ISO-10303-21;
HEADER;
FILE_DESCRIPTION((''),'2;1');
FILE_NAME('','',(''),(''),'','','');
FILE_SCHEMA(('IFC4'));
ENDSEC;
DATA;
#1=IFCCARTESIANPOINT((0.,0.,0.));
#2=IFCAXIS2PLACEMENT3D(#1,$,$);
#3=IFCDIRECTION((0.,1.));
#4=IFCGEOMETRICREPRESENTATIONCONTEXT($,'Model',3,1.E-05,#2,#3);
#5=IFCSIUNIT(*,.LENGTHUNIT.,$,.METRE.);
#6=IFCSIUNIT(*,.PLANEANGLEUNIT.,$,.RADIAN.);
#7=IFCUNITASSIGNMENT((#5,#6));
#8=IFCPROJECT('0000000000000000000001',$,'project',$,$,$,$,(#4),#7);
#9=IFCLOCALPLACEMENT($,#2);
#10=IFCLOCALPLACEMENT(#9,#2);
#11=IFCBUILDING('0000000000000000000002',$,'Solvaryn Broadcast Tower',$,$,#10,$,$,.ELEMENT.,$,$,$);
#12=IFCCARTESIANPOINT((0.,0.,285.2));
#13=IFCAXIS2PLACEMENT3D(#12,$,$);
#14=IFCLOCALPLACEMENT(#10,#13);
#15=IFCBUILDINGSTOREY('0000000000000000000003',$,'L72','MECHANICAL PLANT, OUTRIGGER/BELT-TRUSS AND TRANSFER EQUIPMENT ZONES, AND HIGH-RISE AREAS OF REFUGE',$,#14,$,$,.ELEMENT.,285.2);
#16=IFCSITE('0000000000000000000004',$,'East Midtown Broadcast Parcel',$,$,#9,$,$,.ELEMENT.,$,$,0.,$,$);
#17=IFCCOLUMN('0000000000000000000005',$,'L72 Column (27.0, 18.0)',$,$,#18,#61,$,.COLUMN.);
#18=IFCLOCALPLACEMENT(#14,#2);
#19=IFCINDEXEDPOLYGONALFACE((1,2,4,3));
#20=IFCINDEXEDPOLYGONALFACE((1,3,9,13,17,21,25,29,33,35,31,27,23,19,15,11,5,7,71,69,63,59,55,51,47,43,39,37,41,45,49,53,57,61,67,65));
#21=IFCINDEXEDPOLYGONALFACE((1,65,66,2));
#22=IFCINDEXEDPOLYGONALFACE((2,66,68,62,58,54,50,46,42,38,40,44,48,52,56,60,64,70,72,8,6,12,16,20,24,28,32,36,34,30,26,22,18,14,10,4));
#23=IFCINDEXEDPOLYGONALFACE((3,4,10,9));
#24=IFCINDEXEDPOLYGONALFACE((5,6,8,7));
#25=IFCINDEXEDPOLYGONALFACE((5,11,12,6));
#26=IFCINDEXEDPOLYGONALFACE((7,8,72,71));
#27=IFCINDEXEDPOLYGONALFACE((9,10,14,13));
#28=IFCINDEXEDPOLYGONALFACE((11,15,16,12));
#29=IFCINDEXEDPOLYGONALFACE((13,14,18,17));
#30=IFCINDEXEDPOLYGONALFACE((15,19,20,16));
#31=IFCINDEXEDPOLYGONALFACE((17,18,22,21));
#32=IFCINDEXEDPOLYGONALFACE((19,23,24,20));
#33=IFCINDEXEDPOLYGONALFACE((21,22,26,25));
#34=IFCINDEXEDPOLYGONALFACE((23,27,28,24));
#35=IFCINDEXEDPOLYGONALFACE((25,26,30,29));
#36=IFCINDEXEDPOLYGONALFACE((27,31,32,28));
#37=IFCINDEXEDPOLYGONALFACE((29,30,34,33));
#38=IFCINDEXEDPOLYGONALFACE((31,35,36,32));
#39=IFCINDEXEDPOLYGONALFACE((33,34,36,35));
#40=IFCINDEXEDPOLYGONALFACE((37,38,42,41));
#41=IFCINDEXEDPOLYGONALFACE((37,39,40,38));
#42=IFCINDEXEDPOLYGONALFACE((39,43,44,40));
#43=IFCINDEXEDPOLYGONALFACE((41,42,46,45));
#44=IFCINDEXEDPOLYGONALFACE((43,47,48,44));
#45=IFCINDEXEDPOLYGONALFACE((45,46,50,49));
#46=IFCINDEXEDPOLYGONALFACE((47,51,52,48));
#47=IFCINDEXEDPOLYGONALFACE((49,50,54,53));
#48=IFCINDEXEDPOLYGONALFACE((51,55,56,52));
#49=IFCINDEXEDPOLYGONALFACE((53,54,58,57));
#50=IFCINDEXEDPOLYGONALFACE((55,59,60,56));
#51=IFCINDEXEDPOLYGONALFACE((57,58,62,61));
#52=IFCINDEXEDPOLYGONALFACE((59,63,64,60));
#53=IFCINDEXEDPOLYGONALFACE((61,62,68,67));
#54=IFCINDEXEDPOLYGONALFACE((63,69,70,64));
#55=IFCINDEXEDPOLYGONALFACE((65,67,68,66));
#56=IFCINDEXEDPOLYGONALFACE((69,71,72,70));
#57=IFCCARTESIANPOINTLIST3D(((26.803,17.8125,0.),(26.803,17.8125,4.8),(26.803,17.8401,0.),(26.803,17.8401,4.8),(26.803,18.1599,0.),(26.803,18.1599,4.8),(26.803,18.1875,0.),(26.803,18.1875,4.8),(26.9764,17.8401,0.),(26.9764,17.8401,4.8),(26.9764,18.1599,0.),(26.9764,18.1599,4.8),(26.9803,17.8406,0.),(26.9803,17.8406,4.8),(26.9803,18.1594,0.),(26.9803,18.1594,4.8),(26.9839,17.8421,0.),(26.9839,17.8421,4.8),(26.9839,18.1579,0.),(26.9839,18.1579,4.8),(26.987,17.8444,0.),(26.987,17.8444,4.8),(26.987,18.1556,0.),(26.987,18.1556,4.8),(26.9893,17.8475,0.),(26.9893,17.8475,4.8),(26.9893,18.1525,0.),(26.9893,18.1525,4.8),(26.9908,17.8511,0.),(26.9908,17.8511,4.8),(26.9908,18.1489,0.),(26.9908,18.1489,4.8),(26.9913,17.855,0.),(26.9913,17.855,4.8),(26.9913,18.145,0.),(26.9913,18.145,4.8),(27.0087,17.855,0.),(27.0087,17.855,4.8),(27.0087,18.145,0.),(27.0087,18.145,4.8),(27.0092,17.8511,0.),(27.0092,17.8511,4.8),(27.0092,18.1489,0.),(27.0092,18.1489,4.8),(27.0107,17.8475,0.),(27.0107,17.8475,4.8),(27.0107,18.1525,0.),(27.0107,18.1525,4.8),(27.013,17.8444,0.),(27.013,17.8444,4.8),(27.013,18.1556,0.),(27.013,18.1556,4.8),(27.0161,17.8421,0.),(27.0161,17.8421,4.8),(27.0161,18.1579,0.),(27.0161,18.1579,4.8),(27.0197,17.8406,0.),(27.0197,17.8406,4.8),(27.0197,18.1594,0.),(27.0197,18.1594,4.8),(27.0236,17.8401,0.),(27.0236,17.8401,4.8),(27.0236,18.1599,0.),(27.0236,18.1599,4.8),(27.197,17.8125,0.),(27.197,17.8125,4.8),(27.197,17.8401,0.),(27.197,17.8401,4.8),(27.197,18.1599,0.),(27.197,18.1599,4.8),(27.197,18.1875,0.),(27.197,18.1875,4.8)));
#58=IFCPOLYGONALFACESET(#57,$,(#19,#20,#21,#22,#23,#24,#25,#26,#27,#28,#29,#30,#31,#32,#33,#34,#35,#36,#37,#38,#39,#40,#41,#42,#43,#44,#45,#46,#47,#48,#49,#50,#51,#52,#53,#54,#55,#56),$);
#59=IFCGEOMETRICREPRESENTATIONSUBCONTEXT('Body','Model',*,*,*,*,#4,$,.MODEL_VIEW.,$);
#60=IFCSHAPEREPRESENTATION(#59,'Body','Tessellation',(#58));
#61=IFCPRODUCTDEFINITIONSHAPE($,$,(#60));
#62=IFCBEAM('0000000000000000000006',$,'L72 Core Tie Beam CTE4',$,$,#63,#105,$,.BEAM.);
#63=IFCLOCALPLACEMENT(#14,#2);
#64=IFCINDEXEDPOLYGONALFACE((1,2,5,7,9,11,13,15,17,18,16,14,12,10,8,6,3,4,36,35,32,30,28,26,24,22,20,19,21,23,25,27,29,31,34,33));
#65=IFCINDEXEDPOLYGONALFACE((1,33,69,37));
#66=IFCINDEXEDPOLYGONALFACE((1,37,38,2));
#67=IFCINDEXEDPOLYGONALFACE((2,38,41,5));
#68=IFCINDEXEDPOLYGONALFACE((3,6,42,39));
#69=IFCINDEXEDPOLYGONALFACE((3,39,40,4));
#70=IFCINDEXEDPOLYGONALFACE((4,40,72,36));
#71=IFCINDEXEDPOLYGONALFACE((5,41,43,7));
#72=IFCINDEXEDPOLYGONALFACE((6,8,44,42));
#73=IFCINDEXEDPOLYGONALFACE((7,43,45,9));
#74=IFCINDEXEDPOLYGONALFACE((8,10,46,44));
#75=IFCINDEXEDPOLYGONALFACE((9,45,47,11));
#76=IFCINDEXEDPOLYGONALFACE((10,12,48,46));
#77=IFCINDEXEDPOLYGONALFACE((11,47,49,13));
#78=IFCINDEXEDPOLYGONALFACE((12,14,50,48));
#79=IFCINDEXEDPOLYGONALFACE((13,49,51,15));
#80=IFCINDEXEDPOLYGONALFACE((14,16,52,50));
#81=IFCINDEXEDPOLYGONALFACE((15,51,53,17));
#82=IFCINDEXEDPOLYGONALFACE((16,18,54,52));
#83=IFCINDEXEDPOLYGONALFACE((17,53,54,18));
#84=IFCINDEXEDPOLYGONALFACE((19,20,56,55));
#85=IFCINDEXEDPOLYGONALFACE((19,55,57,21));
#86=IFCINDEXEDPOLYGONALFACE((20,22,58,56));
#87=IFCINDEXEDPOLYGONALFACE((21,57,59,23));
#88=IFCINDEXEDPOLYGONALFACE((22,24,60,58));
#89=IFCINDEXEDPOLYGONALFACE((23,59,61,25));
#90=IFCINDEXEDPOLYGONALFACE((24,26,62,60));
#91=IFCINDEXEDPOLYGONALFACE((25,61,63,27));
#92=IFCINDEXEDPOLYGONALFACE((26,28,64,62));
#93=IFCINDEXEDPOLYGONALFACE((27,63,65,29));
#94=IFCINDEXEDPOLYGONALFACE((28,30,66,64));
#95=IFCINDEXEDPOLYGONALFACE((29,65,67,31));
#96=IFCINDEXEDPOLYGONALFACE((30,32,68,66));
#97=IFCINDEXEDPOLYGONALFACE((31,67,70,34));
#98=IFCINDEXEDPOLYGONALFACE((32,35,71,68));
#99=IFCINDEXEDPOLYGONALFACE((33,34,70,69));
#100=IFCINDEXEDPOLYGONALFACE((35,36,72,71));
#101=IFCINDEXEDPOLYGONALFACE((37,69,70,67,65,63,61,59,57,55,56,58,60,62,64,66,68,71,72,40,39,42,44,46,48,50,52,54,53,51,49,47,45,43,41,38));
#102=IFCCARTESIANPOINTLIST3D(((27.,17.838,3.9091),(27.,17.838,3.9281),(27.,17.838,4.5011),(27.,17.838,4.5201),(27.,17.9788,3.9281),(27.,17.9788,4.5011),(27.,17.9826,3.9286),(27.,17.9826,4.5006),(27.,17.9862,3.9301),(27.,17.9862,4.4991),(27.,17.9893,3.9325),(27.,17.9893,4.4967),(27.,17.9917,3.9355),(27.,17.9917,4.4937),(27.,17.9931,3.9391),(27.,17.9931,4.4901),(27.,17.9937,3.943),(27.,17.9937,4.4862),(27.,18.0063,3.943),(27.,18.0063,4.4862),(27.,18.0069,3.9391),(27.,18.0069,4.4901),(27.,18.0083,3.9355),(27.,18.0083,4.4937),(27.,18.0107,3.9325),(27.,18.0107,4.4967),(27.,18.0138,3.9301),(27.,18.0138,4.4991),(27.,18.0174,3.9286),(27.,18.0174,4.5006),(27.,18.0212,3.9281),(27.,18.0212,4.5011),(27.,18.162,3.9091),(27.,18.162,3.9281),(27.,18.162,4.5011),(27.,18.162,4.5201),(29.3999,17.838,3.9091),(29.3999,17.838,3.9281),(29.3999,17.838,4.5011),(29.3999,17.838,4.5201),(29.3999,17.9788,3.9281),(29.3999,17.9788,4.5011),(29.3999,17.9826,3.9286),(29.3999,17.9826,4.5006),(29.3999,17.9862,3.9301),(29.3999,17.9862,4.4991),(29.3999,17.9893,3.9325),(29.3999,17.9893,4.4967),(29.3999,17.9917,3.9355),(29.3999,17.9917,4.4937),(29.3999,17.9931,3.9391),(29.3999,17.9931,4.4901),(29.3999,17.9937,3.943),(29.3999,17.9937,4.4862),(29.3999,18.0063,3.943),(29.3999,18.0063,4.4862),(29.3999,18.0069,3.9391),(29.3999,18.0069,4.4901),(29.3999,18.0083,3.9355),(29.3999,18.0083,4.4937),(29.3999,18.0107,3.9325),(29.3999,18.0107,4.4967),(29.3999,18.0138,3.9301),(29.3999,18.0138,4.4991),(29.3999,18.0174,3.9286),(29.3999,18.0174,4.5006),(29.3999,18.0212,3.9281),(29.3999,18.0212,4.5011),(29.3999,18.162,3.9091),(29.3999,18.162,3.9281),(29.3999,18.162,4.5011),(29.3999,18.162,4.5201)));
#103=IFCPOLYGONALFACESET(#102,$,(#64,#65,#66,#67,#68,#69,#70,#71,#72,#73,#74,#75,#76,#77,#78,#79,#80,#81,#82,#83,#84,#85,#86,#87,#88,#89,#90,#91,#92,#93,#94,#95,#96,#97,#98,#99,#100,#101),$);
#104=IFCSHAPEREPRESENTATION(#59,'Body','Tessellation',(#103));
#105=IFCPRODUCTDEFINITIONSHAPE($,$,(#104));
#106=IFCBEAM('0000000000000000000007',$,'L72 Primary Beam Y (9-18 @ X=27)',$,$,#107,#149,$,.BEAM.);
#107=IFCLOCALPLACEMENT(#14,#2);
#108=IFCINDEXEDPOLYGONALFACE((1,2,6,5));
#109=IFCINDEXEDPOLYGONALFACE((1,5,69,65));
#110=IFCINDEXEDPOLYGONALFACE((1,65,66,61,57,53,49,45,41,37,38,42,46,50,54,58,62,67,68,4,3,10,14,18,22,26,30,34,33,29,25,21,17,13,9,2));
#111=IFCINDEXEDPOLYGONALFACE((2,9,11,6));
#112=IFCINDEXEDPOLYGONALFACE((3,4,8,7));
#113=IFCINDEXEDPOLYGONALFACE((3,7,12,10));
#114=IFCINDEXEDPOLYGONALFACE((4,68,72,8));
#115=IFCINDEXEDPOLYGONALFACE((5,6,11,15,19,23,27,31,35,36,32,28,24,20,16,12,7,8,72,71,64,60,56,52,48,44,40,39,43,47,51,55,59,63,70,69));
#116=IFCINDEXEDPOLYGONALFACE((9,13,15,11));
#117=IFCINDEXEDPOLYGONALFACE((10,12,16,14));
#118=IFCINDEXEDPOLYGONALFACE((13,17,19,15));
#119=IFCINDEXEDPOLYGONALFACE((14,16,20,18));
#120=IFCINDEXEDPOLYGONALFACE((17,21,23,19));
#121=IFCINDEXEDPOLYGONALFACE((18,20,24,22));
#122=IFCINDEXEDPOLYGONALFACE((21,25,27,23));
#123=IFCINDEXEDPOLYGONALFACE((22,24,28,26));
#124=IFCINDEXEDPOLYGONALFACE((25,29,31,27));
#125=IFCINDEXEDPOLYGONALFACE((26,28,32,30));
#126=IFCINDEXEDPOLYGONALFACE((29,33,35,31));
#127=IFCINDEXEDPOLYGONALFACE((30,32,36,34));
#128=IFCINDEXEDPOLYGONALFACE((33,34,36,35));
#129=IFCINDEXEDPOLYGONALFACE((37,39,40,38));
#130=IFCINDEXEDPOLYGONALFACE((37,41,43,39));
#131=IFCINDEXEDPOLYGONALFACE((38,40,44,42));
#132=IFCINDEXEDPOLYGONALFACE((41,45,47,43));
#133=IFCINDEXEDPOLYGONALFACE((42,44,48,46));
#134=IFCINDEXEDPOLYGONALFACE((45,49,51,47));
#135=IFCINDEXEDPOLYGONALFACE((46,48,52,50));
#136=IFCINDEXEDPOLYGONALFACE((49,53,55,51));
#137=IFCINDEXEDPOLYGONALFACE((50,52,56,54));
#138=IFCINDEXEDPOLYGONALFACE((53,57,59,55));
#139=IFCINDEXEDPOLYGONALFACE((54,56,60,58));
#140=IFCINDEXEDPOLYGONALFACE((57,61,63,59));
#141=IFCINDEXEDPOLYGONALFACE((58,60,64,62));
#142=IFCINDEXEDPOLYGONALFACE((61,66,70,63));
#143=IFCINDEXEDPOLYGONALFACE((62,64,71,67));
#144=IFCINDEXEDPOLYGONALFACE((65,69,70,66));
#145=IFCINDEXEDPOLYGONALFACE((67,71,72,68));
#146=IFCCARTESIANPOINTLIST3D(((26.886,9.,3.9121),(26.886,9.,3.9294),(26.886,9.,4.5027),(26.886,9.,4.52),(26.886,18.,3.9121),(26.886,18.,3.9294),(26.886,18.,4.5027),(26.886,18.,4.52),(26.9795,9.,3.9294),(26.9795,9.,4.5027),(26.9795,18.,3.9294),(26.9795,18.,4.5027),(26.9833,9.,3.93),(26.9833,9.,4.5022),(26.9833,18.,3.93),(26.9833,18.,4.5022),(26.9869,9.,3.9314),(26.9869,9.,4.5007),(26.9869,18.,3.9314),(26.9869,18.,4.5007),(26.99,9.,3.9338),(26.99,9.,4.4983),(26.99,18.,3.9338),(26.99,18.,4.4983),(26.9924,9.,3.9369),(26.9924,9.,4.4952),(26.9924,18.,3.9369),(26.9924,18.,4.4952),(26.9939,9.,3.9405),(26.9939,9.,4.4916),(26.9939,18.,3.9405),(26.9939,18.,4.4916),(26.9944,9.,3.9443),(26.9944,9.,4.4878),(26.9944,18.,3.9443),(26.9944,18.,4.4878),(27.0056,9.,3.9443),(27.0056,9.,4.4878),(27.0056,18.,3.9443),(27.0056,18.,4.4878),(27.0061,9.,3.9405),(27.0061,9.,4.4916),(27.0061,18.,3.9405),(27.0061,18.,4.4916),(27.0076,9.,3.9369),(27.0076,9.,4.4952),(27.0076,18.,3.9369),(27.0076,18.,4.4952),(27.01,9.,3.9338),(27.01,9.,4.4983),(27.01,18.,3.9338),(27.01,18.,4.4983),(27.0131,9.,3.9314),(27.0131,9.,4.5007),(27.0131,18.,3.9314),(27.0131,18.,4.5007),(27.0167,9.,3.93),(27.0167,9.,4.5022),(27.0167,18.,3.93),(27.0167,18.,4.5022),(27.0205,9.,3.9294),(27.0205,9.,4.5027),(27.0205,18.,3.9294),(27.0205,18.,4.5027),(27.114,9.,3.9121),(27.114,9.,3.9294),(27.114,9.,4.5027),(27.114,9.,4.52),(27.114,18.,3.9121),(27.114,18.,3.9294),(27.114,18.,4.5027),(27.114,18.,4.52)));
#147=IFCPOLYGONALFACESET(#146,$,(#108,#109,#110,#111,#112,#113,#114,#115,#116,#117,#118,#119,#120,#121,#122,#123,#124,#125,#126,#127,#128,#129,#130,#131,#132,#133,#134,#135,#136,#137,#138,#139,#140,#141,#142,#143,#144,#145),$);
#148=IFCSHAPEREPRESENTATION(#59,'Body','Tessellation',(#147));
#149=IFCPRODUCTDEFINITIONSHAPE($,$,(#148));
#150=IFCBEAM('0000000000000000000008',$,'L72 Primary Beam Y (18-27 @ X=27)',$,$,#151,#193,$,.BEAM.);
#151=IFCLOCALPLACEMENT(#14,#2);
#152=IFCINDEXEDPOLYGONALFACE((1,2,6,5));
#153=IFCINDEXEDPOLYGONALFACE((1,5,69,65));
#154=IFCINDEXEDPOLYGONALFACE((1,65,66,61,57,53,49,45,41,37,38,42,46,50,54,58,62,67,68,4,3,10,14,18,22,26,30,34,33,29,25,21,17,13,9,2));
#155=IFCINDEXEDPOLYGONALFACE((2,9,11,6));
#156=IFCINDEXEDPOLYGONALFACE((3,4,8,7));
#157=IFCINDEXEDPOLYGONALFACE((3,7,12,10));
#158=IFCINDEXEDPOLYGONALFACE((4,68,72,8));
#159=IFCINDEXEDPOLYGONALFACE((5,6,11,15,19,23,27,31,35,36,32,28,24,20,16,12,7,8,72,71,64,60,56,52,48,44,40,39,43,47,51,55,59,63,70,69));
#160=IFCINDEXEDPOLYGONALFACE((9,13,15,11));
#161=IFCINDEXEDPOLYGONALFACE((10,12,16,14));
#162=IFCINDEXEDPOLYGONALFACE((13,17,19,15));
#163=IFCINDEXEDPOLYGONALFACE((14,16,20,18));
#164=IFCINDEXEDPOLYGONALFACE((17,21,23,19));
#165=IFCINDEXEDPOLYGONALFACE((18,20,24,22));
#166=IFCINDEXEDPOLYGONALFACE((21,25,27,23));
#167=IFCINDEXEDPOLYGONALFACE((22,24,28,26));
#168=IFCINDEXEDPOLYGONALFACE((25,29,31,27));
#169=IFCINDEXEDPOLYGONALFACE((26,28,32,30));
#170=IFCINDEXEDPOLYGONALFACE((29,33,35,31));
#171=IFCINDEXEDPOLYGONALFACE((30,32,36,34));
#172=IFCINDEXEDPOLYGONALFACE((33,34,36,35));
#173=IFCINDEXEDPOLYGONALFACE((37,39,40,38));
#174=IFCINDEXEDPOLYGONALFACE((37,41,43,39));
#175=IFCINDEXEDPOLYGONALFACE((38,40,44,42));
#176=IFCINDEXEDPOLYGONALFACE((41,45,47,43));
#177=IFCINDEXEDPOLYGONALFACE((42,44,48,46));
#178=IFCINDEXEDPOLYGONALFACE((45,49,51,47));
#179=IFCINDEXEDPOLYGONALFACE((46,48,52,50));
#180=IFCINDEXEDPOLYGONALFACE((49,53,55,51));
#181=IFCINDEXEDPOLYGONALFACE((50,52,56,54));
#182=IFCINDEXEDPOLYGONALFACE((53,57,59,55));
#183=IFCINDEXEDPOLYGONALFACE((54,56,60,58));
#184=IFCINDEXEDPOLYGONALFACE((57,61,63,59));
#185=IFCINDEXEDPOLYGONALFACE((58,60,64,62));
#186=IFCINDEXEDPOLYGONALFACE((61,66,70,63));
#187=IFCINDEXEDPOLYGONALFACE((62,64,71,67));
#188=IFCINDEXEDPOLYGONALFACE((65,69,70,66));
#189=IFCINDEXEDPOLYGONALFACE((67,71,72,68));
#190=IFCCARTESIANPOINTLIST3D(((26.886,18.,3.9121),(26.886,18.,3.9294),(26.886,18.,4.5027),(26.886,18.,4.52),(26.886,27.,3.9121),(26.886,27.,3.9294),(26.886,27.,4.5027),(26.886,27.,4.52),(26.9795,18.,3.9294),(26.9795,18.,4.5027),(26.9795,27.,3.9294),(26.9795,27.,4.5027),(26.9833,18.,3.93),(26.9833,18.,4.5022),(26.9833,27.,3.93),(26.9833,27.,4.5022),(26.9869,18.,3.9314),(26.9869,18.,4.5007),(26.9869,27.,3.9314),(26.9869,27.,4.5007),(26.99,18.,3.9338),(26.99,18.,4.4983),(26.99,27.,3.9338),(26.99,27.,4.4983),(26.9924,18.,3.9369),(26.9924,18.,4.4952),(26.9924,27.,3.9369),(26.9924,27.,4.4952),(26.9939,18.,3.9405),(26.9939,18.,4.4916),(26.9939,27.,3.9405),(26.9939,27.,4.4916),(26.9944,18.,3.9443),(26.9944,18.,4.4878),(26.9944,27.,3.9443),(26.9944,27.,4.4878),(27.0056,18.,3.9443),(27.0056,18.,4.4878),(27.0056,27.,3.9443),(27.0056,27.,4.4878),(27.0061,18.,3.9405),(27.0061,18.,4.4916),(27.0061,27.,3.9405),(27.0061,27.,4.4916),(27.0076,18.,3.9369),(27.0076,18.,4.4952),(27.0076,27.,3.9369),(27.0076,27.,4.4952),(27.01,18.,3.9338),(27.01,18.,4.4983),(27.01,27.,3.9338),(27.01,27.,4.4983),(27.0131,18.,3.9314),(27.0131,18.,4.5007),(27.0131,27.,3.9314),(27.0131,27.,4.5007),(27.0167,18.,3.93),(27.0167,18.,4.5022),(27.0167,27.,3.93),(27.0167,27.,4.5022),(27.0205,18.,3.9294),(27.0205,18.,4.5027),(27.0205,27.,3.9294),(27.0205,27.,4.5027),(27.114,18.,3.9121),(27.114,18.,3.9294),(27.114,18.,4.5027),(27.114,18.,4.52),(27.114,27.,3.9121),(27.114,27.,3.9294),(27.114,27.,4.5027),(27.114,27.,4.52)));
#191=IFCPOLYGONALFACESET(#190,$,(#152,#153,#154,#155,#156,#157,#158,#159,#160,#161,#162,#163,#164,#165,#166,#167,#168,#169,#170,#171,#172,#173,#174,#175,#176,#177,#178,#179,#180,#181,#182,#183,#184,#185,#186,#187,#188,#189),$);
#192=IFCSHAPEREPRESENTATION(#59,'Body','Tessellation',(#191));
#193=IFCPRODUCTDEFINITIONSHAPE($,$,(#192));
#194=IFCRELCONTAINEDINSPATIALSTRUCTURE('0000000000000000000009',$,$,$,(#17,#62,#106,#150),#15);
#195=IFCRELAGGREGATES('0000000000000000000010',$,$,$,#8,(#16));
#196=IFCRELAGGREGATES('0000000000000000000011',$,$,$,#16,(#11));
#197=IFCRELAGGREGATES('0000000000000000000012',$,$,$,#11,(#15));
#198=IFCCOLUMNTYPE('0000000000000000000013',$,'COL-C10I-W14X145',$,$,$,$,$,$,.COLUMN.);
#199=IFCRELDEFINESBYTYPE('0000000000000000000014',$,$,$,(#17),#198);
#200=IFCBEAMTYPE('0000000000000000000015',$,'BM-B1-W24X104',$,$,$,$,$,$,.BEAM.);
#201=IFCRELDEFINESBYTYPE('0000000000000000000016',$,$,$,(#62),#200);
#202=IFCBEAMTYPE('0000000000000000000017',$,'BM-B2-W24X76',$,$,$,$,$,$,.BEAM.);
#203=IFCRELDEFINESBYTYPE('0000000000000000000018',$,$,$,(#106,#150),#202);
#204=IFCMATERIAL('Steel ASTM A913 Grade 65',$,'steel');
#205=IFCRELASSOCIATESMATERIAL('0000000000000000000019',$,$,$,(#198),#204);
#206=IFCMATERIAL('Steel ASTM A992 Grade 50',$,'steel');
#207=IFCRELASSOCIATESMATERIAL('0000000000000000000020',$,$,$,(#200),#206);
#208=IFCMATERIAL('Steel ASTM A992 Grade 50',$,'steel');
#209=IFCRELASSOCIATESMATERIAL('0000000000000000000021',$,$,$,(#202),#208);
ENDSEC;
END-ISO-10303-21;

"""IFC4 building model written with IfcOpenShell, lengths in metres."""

from ifc_helpers import new_model, si_unit, direction, frame, origin, origin_2d, place, context, subcontext, project, spatial, i_section, extrude, material, material_profile, profile_set, type_object, element, save


model = new_model("IFC4")

# Units and contexts
model_context = context("Model", 3, precision=1e-05, world=origin(), true_north=direction((0.0, 1.0)))
body_context = subcontext(model_context, "Body", "Model", "MODEL_VIEW")
ifc_project = project(units=[si_unit("LENGTHUNIT", "METRE"), si_unit("PLANEANGLEUNIT", "RADIAN")], contexts=[model_context])

# Site, building, storey
site_placement = place(None, origin())
site = spatial("IfcSite", under=ifc_project, at=site_placement, Name="East Midtown Broadcast Parcel", CompositionType="ELEMENT", RefElevation=0.0)
building_placement = place(site_placement, origin())
building = spatial("IfcBuilding", under=site, at=building_placement, Name="Solvaryn Broadcast Tower", CompositionType="ELEMENT")
storey_placement = place(building_placement, frame((0.0, 0.0, 285.2)))
storey = spatial("IfcBuildingStorey", under=building, at=storey_placement, Name="L72", Description="MECHANICAL PLANT, OUTRIGGER/BELT-TRUSS AND TRANSFER EQUIPMENT ZONES, AND HIGH-RISE AREAS OF REFUGE", CompositionType="ELEMENT", Elevation=285.2)

# Column
ifc_material_1 = material(Name="Steel ASTM A913 Grade 65", Category="steel")
ifc_material_profile_1 = material_profile(ifc_material_1, i_section(OverallWidth=0.394, OverallDepth=0.375, WebThickness=0.0173, FlangeThickness=0.0276, FilletRadius=0.0149, at=origin_2d()))
ifc_profile_set_1 = profile_set([ifc_material_profile_1], Name="Steel ASTM A913 Grade 65")
column_type = type_object("IfcColumnType", Name="COL-C10I-W14X145", PredefinedType="COLUMN", material=ifc_profile_set_1)
column_placement = place(storey_placement, frame((27.0, 18.0, 0.0), z_axis=(0.0, 0.0, 1.0), x_axis=(1.0, 0.0, 0.0)))
element("IfcColumn", 1, at=column_placement, inside=storey, type_object=column_type, Name="L72 Column (27.0, 18.0)", PredefinedType="COLUMN", context=body_context, shape_type="SweptSolid", body=[
    extrude(i_section(OverallWidth=0.394, OverallDepth=0.375, WebThickness=0.0173, FlangeThickness=0.0276, FilletRadius=0.0149, at=origin_2d()), origin(), (0.0, 0.0, 1.0), 4.8),
])

# Beams
ifc_material_2 = material(Name="Steel ASTM A992 Grade 50", Category="steel")
ifc_material_profile_2 = material_profile(ifc_material_2, i_section(OverallWidth=0.324, OverallDepth=0.6111, WebThickness=0.0127, FlangeThickness=0.019, FilletRadius=0.0149, at=origin_2d()))
ifc_profile_set_2 = profile_set([ifc_material_profile_2], Name="Steel ASTM A992 Grade 50")
beam_type_1 = type_object("IfcBeamType", Name="BM-B1-W24X104", PredefinedType="BEAM", material=ifc_profile_set_2)
beam_1_placement = place(storey_placement, frame((27.0, 18.0, 4.2146), z_axis=(1.0, 0.0, 0.0), x_axis=(0.0, 1.0, 0.0)))
element("IfcBeam", 2, at=beam_1_placement, inside=storey, type_object=beam_type_1, Name="L72 Core Tie Beam CTE4", PredefinedType="BEAM", context=body_context, shape_type="SweptSolid", body=[
    extrude(i_section(OverallWidth=0.324, OverallDepth=0.6111, WebThickness=0.0127, FlangeThickness=0.019, FilletRadius=0.0149, at=origin_2d()), origin(), (0.0, 0.0, 1.0), 2.3999),
])
ifc_material_3 = material(Name="Steel ASTM A992 Grade 50", Category="steel")
ifc_material_profile_3 = material_profile(ifc_material_3, i_section(OverallWidth=0.228, OverallDepth=0.6079, WebThickness=0.0112, FlangeThickness=0.0173, FilletRadius=0.0149, at=origin_2d()))
ifc_profile_set_3 = profile_set([ifc_material_profile_3], Name="Steel ASTM A992 Grade 50")
beam_type_2 = type_object("IfcBeamType", Name="BM-B2-W24X76", PredefinedType="BEAM", material=ifc_profile_set_3)
for number, where, z_axis, x_axis, name in (
    (3, (27.0, 9.0, 4.2161), (0.0, 1.0, 0.0), (-1.0, 0.0, 0.0), "L72 Primary Beam Y (9-18 @ X=27)"),
    (4, (27.0, 18.0, 4.2161), (0.0, 1.0, 0.0), (-1.0, 0.0, 0.0), "L72 Primary Beam Y (18-27 @ X=27)"),
):
    element("IfcBeam", number, at=place(storey_placement, frame(where, z_axis=z_axis, x_axis=x_axis)), inside=storey, type_object=beam_type_2, Name=name, PredefinedType="BEAM", context=body_context, shape_type="SweptSolid", body=[
        extrude(i_section(OverallWidth=0.228, OverallDepth=0.6079, WebThickness=0.0112, FlangeThickness=0.0173, FilletRadius=0.0149, at=origin_2d()), origin(), (0.0, 0.0, 1.0), 9.0),
    ])

save(model, "model.ifc")
